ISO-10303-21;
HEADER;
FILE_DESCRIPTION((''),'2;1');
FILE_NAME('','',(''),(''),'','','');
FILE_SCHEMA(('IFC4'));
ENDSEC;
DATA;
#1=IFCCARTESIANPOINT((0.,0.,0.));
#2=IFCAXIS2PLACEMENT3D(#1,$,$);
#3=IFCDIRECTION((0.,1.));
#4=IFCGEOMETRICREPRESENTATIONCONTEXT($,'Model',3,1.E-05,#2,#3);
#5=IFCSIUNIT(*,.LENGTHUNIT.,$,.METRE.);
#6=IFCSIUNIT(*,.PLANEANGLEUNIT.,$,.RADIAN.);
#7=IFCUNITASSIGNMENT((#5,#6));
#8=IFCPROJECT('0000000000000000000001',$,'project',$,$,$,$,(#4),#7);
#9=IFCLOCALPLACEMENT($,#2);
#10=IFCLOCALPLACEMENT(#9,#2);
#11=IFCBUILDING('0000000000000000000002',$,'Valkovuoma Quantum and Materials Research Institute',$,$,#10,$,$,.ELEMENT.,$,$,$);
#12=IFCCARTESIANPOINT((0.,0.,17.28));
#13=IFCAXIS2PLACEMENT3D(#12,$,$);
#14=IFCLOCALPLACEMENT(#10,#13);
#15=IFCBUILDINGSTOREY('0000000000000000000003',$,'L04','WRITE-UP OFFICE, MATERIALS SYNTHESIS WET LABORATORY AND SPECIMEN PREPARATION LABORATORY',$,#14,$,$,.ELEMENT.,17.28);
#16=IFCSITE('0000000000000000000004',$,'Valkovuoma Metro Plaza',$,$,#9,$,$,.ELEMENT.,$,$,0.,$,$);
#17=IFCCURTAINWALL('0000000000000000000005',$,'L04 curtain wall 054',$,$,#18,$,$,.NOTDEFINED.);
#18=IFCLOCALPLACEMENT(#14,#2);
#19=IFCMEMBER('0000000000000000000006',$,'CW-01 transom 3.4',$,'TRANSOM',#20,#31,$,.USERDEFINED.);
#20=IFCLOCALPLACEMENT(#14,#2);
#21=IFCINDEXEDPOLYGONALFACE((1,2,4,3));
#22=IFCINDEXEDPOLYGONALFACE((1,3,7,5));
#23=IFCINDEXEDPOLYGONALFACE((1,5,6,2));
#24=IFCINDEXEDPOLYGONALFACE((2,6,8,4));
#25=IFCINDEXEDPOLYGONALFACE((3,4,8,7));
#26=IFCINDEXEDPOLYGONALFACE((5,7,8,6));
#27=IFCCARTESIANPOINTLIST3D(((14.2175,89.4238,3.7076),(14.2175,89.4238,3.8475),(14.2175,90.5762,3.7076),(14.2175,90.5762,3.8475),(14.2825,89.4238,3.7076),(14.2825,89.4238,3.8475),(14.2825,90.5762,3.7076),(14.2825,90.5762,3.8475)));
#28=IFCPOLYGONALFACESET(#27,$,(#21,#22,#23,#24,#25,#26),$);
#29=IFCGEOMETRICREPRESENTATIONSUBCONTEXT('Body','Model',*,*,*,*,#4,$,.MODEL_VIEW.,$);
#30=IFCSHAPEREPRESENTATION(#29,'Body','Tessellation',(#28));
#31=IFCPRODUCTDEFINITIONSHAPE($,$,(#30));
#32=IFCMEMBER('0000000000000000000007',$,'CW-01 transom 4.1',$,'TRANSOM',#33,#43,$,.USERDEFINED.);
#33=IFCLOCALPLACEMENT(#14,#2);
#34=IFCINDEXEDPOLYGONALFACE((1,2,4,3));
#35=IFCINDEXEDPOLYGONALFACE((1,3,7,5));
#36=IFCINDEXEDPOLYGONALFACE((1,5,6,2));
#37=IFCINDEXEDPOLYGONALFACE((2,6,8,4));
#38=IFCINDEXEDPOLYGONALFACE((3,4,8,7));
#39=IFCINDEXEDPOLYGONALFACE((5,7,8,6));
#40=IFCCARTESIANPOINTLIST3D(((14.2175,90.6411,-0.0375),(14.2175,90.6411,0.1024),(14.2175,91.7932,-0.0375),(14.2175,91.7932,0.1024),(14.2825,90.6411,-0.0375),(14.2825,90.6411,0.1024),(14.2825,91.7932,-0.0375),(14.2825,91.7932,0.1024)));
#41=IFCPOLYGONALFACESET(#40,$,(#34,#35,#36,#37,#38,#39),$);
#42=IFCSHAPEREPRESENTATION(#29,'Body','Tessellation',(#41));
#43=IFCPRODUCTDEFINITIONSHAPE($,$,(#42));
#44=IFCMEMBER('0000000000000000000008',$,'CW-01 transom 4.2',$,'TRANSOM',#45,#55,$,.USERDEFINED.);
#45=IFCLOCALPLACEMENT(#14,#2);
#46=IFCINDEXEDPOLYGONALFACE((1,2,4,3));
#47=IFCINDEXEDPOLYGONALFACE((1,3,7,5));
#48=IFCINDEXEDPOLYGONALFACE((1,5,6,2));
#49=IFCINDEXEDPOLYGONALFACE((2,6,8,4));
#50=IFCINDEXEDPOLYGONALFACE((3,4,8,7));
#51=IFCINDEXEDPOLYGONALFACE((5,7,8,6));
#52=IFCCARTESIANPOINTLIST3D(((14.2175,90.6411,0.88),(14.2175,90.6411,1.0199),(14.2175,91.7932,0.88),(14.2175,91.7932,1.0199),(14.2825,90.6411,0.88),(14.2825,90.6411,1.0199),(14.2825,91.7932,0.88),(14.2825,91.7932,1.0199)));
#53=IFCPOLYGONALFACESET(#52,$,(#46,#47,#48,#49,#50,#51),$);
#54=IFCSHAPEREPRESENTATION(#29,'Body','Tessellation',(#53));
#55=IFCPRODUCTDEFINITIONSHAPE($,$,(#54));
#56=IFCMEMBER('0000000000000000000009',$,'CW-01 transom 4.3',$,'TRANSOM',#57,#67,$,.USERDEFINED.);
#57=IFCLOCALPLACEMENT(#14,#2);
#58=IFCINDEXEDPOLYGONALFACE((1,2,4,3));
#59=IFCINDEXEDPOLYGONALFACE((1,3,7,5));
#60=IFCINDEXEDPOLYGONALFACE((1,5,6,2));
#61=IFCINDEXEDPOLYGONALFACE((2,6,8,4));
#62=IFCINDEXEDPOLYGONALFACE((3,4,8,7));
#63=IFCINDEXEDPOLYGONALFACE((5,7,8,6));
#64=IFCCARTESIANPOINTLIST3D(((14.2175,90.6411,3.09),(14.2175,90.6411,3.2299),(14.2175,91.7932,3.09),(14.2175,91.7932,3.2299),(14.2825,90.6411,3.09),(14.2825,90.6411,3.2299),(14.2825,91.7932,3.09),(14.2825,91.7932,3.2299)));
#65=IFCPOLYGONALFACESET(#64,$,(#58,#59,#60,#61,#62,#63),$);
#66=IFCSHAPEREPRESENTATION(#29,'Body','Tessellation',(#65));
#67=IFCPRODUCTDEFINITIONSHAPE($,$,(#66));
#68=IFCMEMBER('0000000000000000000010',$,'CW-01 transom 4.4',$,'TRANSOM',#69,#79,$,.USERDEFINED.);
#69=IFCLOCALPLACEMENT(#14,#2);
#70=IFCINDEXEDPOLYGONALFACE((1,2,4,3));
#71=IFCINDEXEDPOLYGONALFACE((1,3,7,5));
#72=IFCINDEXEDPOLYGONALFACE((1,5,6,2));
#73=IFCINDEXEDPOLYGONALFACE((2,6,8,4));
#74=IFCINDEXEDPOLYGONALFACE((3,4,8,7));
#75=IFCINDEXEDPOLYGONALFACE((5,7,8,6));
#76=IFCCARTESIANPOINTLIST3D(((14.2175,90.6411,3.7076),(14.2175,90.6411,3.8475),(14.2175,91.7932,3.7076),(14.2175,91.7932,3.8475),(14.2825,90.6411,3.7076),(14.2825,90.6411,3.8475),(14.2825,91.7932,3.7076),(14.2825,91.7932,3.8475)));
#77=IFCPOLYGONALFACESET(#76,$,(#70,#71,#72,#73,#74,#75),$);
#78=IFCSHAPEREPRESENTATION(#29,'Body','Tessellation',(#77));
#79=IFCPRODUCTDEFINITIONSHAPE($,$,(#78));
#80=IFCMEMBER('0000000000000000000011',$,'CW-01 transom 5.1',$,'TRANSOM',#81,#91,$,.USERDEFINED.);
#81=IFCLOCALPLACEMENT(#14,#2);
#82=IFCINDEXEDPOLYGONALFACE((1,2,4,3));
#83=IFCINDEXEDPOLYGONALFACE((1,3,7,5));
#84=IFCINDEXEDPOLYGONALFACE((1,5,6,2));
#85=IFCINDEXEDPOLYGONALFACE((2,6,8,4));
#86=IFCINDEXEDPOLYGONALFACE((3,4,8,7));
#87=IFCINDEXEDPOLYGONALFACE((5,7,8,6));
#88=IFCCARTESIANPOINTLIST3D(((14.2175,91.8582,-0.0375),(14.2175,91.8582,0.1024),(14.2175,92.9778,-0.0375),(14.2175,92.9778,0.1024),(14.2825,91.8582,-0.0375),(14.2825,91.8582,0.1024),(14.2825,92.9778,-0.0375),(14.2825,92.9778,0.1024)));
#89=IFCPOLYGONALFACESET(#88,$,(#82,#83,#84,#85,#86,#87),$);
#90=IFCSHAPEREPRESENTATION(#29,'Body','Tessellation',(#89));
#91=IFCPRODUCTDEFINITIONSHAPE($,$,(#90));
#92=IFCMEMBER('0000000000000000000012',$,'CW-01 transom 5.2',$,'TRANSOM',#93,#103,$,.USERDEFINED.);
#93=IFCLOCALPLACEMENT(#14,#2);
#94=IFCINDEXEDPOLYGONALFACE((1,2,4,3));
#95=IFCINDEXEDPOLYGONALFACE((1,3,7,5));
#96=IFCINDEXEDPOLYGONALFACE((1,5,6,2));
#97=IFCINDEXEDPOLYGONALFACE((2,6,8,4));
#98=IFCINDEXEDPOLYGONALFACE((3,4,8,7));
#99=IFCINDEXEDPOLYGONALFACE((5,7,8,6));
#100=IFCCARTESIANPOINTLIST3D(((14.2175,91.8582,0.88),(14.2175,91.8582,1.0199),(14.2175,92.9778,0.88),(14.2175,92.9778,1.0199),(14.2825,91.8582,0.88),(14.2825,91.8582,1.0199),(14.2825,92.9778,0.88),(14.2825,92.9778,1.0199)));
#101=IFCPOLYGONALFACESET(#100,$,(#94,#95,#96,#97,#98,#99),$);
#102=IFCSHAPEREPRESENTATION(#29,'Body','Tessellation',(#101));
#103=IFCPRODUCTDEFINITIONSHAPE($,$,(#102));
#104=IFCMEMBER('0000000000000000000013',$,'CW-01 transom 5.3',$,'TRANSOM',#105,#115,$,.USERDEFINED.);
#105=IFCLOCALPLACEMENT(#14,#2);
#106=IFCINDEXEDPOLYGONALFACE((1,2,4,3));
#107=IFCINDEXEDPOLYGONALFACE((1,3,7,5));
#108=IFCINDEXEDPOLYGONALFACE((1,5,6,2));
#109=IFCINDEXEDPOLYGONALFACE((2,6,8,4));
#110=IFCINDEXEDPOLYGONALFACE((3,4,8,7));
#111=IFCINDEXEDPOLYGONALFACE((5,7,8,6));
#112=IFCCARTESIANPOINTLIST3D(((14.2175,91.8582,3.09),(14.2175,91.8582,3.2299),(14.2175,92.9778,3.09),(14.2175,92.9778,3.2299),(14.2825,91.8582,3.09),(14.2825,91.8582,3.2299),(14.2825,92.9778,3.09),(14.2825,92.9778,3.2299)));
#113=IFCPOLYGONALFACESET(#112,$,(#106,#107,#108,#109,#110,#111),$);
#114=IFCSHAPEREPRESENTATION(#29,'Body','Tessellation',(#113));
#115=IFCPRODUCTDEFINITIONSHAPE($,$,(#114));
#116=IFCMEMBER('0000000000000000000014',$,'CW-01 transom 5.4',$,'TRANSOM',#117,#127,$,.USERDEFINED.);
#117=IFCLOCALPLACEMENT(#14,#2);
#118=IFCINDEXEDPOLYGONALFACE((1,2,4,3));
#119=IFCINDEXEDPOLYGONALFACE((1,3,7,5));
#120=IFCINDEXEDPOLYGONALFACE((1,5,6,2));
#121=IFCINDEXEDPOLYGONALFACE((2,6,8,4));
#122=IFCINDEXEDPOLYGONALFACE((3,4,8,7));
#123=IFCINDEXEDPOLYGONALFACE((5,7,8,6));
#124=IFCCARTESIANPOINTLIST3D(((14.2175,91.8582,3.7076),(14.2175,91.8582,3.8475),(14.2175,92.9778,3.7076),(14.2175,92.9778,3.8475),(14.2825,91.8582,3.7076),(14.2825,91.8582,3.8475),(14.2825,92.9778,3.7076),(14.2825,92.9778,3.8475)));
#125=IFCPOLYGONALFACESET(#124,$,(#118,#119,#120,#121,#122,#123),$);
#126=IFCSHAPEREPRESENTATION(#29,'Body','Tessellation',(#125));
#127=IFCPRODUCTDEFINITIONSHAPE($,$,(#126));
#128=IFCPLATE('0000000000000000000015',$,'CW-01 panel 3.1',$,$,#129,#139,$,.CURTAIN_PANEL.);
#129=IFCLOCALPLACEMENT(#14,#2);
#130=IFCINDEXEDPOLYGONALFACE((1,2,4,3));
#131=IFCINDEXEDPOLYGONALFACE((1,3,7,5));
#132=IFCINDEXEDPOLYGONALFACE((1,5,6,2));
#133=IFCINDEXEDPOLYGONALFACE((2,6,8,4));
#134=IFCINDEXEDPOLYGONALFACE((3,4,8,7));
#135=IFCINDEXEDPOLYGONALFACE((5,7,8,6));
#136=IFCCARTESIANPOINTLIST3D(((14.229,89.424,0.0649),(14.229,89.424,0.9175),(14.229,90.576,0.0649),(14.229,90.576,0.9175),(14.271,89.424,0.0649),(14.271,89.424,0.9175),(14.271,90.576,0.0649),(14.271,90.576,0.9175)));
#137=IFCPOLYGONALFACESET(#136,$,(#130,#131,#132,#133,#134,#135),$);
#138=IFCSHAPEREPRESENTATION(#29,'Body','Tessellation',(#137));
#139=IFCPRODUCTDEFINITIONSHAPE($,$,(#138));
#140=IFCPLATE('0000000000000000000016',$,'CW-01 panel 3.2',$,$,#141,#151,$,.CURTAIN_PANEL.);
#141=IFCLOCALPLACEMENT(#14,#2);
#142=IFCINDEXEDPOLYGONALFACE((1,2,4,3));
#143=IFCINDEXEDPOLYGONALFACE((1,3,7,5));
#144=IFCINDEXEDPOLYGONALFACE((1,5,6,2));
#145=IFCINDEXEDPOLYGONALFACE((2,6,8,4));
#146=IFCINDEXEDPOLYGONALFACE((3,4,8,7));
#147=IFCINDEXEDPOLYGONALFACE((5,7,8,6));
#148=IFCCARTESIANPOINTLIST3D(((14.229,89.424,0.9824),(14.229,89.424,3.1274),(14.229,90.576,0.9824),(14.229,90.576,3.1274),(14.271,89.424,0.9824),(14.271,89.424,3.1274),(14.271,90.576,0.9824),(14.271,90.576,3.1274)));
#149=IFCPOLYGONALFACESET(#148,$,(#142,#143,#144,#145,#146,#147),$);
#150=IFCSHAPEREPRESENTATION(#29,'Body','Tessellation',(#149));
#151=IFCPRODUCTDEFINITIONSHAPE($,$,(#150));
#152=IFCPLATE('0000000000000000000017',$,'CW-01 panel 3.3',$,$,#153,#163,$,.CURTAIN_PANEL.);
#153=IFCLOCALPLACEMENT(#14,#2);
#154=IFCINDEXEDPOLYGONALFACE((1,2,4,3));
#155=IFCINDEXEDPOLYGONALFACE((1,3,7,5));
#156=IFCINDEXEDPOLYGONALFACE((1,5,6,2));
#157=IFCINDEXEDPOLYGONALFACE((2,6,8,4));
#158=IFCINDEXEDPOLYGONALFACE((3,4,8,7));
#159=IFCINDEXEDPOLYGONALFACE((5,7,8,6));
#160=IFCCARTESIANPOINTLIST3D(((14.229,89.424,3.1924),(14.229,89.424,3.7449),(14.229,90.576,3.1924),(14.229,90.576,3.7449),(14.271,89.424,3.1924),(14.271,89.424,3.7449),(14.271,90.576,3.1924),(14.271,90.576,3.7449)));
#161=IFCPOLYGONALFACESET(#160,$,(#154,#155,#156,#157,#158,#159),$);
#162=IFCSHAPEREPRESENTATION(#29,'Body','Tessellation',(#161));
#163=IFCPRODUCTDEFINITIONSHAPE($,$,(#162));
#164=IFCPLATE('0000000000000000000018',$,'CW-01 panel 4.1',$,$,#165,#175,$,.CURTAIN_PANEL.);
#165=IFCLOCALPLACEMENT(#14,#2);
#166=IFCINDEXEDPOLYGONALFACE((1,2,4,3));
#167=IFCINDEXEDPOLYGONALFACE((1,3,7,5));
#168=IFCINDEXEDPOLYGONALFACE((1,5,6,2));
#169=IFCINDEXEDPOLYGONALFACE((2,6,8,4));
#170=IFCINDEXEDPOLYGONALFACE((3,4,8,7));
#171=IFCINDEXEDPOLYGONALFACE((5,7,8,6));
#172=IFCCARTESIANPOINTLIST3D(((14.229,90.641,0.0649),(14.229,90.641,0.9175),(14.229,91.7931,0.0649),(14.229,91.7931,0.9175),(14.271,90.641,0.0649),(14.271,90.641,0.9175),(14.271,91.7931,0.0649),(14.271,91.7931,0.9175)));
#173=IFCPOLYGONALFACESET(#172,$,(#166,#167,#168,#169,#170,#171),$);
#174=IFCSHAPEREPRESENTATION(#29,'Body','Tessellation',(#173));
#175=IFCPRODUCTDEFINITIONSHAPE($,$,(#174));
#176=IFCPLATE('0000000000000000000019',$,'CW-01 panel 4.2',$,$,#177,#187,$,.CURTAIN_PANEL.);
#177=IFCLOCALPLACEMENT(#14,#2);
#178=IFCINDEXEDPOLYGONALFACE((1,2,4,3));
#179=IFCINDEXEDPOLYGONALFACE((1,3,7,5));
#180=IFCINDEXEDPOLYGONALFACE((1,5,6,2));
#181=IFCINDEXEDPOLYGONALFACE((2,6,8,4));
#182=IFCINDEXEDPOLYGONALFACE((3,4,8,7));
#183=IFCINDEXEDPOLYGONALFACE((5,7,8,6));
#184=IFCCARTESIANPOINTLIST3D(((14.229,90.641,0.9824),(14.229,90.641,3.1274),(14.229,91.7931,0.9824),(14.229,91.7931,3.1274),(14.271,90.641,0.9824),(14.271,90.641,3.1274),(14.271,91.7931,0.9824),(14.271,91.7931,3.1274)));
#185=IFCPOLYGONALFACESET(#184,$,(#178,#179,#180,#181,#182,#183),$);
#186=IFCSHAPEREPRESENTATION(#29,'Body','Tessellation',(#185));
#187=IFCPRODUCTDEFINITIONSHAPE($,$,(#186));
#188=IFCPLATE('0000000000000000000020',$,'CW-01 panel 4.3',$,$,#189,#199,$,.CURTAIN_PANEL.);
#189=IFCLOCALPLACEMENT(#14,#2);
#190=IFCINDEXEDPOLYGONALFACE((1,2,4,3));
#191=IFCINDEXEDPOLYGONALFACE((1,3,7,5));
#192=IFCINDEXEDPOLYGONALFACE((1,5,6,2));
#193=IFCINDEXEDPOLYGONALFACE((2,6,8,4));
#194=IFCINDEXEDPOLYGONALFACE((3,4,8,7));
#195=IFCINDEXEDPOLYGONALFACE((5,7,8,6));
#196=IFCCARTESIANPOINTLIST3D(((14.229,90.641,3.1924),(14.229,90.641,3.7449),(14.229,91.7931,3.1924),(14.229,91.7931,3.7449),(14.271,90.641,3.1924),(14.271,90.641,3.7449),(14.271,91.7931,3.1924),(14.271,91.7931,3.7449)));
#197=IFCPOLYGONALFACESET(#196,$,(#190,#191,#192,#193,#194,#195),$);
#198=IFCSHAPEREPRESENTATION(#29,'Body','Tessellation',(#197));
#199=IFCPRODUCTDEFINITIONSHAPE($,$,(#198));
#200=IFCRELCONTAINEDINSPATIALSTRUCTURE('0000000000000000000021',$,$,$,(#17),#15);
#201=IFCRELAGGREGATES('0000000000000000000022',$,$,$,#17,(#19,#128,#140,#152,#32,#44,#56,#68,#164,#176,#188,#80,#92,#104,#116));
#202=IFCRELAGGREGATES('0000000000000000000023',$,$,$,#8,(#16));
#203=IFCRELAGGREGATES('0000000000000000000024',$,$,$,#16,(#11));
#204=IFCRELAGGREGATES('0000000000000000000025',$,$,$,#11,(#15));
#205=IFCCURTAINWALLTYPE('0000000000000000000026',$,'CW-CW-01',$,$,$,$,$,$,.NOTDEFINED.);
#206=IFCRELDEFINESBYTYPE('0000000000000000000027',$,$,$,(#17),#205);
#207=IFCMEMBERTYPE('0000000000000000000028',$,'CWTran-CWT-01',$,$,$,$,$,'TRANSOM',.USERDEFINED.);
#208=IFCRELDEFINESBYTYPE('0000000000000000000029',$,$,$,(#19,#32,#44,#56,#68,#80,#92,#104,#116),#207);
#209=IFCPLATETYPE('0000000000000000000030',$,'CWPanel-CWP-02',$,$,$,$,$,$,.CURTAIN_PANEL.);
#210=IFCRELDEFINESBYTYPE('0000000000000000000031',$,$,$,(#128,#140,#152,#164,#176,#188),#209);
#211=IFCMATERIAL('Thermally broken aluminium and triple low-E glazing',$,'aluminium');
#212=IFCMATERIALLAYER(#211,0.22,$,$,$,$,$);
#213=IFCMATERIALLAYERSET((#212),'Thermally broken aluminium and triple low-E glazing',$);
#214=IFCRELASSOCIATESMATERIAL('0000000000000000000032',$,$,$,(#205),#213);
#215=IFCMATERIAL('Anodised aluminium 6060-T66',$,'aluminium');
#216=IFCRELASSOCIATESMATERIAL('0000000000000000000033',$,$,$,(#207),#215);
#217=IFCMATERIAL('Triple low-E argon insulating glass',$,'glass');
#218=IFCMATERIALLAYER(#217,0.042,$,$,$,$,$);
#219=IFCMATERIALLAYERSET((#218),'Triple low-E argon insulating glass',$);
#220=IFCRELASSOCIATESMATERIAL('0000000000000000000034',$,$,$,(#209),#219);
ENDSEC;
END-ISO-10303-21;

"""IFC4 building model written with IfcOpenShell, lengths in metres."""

from ifc_helpers import new_model, si_unit, direction, frame, origin, origin_2d, place, context, subcontext, project, spatial, rectangle, extrude, material, layer, layer_set, material_profile, profile_set, type_object, element, aggregate, save


model = new_model("IFC4")

# Units and contexts
model_context = context("Model", 3, precision=1e-05, world=origin(), true_north=direction((0.0, 1.0)))
body_context = subcontext(model_context, "Body", "Model", "MODEL_VIEW")
ifc_project = project(units=[si_unit("LENGTHUNIT", "METRE"), si_unit("PLANEANGLEUNIT", "RADIAN")], contexts=[model_context])

# Site, building, storey
site_placement = place(None, origin())
site = spatial("IfcSite", under=ifc_project, at=site_placement, Name="Valkovuoma Metro Plaza", CompositionType="ELEMENT", RefElevation=0.0)
building_placement = place(site_placement, origin())
building = spatial("IfcBuilding", under=site, at=building_placement, Name="Valkovuoma Quantum and Materials Research Institute", CompositionType="ELEMENT")
storey_placement = place(building_placement, frame((0.0, 0.0, 17.28)))
storey = spatial("IfcBuildingStorey", under=building, at=storey_placement, Name="L04", Description="WRITE-UP OFFICE, MATERIALS SYNTHESIS WET LABORATORY AND SPECIMEN PREPARATION LABORATORY", CompositionType="ELEMENT", Elevation=17.28)

# Curtain wall, members, plates
ifc_material_1 = material(Name="Thermally broken aluminium and triple low-E glazing", Category="aluminium")
ifc_layer_1 = layer(ifc_material_1, 0.22)
ifc_layer_set_1 = layer_set([ifc_layer_1], Name="Thermally broken aluminium and triple low-E glazing")
curtain_wall_type = type_object("IfcCurtainWallType", Name="CW-CW-01", PredefinedType="NOTDEFINED", material=ifc_layer_set_1)
curtain_wall_placement = place(storey_placement, origin())
curtain_wall = element("IfcCurtainWall", 1, at=curtain_wall_placement, inside=storey, type_object=curtain_wall_type, Name="L04 curtain wall 054", PredefinedType="NOTDEFINED")
ifc_material_2 = material(Name="Anodised aluminium 6060-T66", Category="aluminium")
ifc_material_profile_1 = material_profile(ifc_material_2, rectangle(XDim=0.0649, YDim=0.1399, at=origin_2d()), Name="Anodised aluminium 6060-T66")
ifc_profile_set_1 = profile_set([ifc_material_profile_1], Name="Anodised aluminium 6060-T66")
member_type = type_object("IfcMemberType", Name="CWTran-CWT-01", ElementType="TRANSOM", PredefinedType="USERDEFINED", material=ifc_profile_set_1)
member_1_placement = place(storey_placement, frame((14.25, 89.4238, 3.7776), z_axis=(0.0, 1.0, 0.0), x_axis=(-1.0, 0.0, 0.0)))
member_1 = element("IfcMember", 2, at=member_1_placement, type_object=member_type, Name="CW-01 transom 3.4", ObjectType="TRANSOM", PredefinedType="USERDEFINED", context=body_context, shape_type="SweptSolid", body=[
    extrude(rectangle(XDim=0.0649, YDim=0.1399, at=origin_2d()), origin(), (0.0, 0.0, 1.0), 1.1523),
])
member_2_placement = place(storey_placement, frame((14.25, 90.6411, 0.0325), z_axis=(0.0, 1.0, 0.0), x_axis=(-1.0, 0.0, 0.0)))
member_2 = element("IfcMember", 3, at=member_2_placement, type_object=member_type, Name="CW-01 transom 4.1", ObjectType="TRANSOM", PredefinedType="USERDEFINED", context=body_context, shape_type="SweptSolid", body=[
    extrude(rectangle(XDim=0.0649, YDim=0.1399, at=origin_2d()), origin(), (0.0, 0.0, 1.0), 1.1521),
])
member_3_placement = place(storey_placement, frame((14.25, 90.6411, 0.95), z_axis=(0.0, 1.0, 0.0), x_axis=(-1.0, 0.0, 0.0)))
member_3 = element("IfcMember", 4, at=member_3_placement, type_object=member_type, Name="CW-01 transom 4.2", ObjectType="TRANSOM", PredefinedType="USERDEFINED", context=body_context, shape_type="SweptSolid", body=[
    extrude(rectangle(XDim=0.0649, YDim=0.1399, at=origin_2d()), origin(), (0.0, 0.0, 1.0), 1.1521),
])
member_4_placement = place(storey_placement, frame((14.25, 90.6411, 3.1599), z_axis=(0.0, 1.0, 0.0), x_axis=(-1.0, 0.0, 0.0)))
member_4 = element("IfcMember", 5, at=member_4_placement, type_object=member_type, Name="CW-01 transom 4.3", ObjectType="TRANSOM", PredefinedType="USERDEFINED", context=body_context, shape_type="SweptSolid", body=[
    extrude(rectangle(XDim=0.0649, YDim=0.1399, at=origin_2d()), origin(), (0.0, 0.0, 1.0), 1.1521),
])
member_5_placement = place(storey_placement, frame((14.25, 90.6411, 3.7776), z_axis=(0.0, 1.0, 0.0), x_axis=(-1.0, 0.0, 0.0)))
member_5 = element("IfcMember", 6, at=member_5_placement, type_object=member_type, Name="CW-01 transom 4.4", ObjectType="TRANSOM", PredefinedType="USERDEFINED", context=body_context, shape_type="SweptSolid", body=[
    extrude(rectangle(XDim=0.0649, YDim=0.1399, at=origin_2d()), origin(), (0.0, 0.0, 1.0), 1.1521),
])
member_6_placement = place(storey_placement, frame((14.25, 91.8582, 0.0325), z_axis=(0.0, 1.0, 0.0), x_axis=(-1.0, 0.0, 0.0)))
member_6 = element("IfcMember", 7, at=member_6_placement, type_object=member_type, Name="CW-01 transom 5.1", ObjectType="TRANSOM", PredefinedType="USERDEFINED", context=body_context, shape_type="SweptSolid", body=[
    extrude(rectangle(XDim=0.0649, YDim=0.1399, at=origin_2d()), origin(), (0.0, 0.0, 1.0), 1.1196),
])
member_7_placement = place(storey_placement, frame((14.25, 91.8582, 0.95), z_axis=(0.0, 1.0, 0.0), x_axis=(-1.0, 0.0, 0.0)))
member_7 = element("IfcMember", 8, at=member_7_placement, type_object=member_type, Name="CW-01 transom 5.2", ObjectType="TRANSOM", PredefinedType="USERDEFINED", context=body_context, shape_type="SweptSolid", body=[
    extrude(rectangle(XDim=0.0649, YDim=0.1399, at=origin_2d()), origin(), (0.0, 0.0, 1.0), 1.1196),
])
member_8_placement = place(storey_placement, frame((14.25, 91.8582, 3.1599), z_axis=(0.0, 1.0, 0.0), x_axis=(-1.0, 0.0, 0.0)))
member_8 = element("IfcMember", 9, at=member_8_placement, type_object=member_type, Name="CW-01 transom 5.3", ObjectType="TRANSOM", PredefinedType="USERDEFINED", context=body_context, shape_type="SweptSolid", body=[
    extrude(rectangle(XDim=0.0649, YDim=0.1399, at=origin_2d()), origin(), (0.0, 0.0, 1.0), 1.1196),
])
member_9_placement = place(storey_placement, frame((14.25, 91.8582, 3.7776), z_axis=(0.0, 1.0, 0.0), x_axis=(-1.0, 0.0, 0.0)))
member_9 = element("IfcMember", 10, at=member_9_placement, type_object=member_type, Name="CW-01 transom 5.4", ObjectType="TRANSOM", PredefinedType="USERDEFINED", context=body_context, shape_type="SweptSolid", body=[
    extrude(rectangle(XDim=0.0649, YDim=0.1399, at=origin_2d()), origin(), (0.0, 0.0, 1.0), 1.1196),
])
ifc_material_3 = material(Name="Triple low-E argon insulating glass", Category="glass")
ifc_layer_2 = layer(ifc_material_3, 0.042)
ifc_layer_set_2 = layer_set([ifc_layer_2], Name="Triple low-E argon insulating glass")
plate_type = type_object("IfcPlateType", Name="CWPanel-CWP-02", PredefinedType="CURTAIN_PANEL", material=ifc_layer_set_2)
plate_1_placement = place(storey_placement, frame((14.25, 90.0, 0.0649), z_axis=(0.0, 0.0, 1.0), x_axis=(0.0, 1.0, 0.0)))
plate_1 = element("IfcPlate", 11, at=plate_1_placement, type_object=plate_type, Name="CW-01 panel 3.1", PredefinedType="CURTAIN_PANEL", context=body_context, shape_type="SweptSolid", body=[
    extrude(rectangle(XDim=1.1521, YDim=0.042, at=origin_2d()), origin(), (0.0, 0.0, 1.0), 0.8525),
])
plate_2_placement = place(storey_placement, frame((14.25, 90.0, 0.9824), z_axis=(0.0, 0.0, 1.0), x_axis=(0.0, 1.0, 0.0)))
plate_2 = element("IfcPlate", 12, at=plate_2_placement, type_object=plate_type, Name="CW-01 panel 3.2", PredefinedType="CURTAIN_PANEL", context=body_context, shape_type="SweptSolid", body=[
    extrude(rectangle(XDim=1.1521, YDim=0.042, at=origin_2d()), origin(), (0.0, 0.0, 1.0), 2.145),
])
plate_3_placement = place(storey_placement, frame((14.25, 90.0, 3.1924), z_axis=(0.0, 0.0, 1.0), x_axis=(0.0, 1.0, 0.0)))
plate_3 = element("IfcPlate", 13, at=plate_3_placement, type_object=plate_type, Name="CW-01 panel 3.3", PredefinedType="CURTAIN_PANEL", context=body_context, shape_type="SweptSolid", body=[
    extrude(rectangle(XDim=1.1521, YDim=0.042, at=origin_2d()), origin(), (0.0, 0.0, 1.0), 0.5525),
])
plate_4_placement = place(storey_placement, frame((14.25, 91.217, 0.0649), z_axis=(0.0, 0.0, 1.0), x_axis=(0.0, 1.0, 0.0)))
plate_4 = element("IfcPlate", 14, at=plate_4_placement, type_object=plate_type, Name="CW-01 panel 4.1", PredefinedType="CURTAIN_PANEL", context=body_context, shape_type="SweptSolid", body=[
    extrude(rectangle(XDim=1.1521, YDim=0.042, at=origin_2d()), origin(), (0.0, 0.0, 1.0), 0.8525),
])
plate_5_placement = place(storey_placement, frame((14.25, 91.217, 0.9824), z_axis=(0.0, 0.0, 1.0), x_axis=(0.0, 1.0, 0.0)))
plate_5 = element("IfcPlate", 15, at=plate_5_placement, type_object=plate_type, Name="CW-01 panel 4.2", PredefinedType="CURTAIN_PANEL", context=body_context, shape_type="SweptSolid", body=[
    extrude(rectangle(XDim=1.1521, YDim=0.042, at=origin_2d()), origin(), (0.0, 0.0, 1.0), 2.145),
])
plate_6_placement = place(storey_placement, frame((14.25, 91.217, 3.1924), z_axis=(0.0, 0.0, 1.0), x_axis=(0.0, 1.0, 0.0)))
plate_6 = element("IfcPlate", 16, at=plate_6_placement, type_object=plate_type, Name="CW-01 panel 4.3", PredefinedType="CURTAIN_PANEL", context=body_context, shape_type="SweptSolid", body=[
    extrude(rectangle(XDim=1.1521, YDim=0.042, at=origin_2d()), origin(), (0.0, 0.0, 1.0), 0.5525),
])
aggregate(curtain_wall, [member_1, plate_1, plate_2, plate_3, member_2, member_3, member_4, member_5, plate_4, plate_5, plate_6, member_6, member_7, member_8, member_9])

save(model, "model.ifc")
